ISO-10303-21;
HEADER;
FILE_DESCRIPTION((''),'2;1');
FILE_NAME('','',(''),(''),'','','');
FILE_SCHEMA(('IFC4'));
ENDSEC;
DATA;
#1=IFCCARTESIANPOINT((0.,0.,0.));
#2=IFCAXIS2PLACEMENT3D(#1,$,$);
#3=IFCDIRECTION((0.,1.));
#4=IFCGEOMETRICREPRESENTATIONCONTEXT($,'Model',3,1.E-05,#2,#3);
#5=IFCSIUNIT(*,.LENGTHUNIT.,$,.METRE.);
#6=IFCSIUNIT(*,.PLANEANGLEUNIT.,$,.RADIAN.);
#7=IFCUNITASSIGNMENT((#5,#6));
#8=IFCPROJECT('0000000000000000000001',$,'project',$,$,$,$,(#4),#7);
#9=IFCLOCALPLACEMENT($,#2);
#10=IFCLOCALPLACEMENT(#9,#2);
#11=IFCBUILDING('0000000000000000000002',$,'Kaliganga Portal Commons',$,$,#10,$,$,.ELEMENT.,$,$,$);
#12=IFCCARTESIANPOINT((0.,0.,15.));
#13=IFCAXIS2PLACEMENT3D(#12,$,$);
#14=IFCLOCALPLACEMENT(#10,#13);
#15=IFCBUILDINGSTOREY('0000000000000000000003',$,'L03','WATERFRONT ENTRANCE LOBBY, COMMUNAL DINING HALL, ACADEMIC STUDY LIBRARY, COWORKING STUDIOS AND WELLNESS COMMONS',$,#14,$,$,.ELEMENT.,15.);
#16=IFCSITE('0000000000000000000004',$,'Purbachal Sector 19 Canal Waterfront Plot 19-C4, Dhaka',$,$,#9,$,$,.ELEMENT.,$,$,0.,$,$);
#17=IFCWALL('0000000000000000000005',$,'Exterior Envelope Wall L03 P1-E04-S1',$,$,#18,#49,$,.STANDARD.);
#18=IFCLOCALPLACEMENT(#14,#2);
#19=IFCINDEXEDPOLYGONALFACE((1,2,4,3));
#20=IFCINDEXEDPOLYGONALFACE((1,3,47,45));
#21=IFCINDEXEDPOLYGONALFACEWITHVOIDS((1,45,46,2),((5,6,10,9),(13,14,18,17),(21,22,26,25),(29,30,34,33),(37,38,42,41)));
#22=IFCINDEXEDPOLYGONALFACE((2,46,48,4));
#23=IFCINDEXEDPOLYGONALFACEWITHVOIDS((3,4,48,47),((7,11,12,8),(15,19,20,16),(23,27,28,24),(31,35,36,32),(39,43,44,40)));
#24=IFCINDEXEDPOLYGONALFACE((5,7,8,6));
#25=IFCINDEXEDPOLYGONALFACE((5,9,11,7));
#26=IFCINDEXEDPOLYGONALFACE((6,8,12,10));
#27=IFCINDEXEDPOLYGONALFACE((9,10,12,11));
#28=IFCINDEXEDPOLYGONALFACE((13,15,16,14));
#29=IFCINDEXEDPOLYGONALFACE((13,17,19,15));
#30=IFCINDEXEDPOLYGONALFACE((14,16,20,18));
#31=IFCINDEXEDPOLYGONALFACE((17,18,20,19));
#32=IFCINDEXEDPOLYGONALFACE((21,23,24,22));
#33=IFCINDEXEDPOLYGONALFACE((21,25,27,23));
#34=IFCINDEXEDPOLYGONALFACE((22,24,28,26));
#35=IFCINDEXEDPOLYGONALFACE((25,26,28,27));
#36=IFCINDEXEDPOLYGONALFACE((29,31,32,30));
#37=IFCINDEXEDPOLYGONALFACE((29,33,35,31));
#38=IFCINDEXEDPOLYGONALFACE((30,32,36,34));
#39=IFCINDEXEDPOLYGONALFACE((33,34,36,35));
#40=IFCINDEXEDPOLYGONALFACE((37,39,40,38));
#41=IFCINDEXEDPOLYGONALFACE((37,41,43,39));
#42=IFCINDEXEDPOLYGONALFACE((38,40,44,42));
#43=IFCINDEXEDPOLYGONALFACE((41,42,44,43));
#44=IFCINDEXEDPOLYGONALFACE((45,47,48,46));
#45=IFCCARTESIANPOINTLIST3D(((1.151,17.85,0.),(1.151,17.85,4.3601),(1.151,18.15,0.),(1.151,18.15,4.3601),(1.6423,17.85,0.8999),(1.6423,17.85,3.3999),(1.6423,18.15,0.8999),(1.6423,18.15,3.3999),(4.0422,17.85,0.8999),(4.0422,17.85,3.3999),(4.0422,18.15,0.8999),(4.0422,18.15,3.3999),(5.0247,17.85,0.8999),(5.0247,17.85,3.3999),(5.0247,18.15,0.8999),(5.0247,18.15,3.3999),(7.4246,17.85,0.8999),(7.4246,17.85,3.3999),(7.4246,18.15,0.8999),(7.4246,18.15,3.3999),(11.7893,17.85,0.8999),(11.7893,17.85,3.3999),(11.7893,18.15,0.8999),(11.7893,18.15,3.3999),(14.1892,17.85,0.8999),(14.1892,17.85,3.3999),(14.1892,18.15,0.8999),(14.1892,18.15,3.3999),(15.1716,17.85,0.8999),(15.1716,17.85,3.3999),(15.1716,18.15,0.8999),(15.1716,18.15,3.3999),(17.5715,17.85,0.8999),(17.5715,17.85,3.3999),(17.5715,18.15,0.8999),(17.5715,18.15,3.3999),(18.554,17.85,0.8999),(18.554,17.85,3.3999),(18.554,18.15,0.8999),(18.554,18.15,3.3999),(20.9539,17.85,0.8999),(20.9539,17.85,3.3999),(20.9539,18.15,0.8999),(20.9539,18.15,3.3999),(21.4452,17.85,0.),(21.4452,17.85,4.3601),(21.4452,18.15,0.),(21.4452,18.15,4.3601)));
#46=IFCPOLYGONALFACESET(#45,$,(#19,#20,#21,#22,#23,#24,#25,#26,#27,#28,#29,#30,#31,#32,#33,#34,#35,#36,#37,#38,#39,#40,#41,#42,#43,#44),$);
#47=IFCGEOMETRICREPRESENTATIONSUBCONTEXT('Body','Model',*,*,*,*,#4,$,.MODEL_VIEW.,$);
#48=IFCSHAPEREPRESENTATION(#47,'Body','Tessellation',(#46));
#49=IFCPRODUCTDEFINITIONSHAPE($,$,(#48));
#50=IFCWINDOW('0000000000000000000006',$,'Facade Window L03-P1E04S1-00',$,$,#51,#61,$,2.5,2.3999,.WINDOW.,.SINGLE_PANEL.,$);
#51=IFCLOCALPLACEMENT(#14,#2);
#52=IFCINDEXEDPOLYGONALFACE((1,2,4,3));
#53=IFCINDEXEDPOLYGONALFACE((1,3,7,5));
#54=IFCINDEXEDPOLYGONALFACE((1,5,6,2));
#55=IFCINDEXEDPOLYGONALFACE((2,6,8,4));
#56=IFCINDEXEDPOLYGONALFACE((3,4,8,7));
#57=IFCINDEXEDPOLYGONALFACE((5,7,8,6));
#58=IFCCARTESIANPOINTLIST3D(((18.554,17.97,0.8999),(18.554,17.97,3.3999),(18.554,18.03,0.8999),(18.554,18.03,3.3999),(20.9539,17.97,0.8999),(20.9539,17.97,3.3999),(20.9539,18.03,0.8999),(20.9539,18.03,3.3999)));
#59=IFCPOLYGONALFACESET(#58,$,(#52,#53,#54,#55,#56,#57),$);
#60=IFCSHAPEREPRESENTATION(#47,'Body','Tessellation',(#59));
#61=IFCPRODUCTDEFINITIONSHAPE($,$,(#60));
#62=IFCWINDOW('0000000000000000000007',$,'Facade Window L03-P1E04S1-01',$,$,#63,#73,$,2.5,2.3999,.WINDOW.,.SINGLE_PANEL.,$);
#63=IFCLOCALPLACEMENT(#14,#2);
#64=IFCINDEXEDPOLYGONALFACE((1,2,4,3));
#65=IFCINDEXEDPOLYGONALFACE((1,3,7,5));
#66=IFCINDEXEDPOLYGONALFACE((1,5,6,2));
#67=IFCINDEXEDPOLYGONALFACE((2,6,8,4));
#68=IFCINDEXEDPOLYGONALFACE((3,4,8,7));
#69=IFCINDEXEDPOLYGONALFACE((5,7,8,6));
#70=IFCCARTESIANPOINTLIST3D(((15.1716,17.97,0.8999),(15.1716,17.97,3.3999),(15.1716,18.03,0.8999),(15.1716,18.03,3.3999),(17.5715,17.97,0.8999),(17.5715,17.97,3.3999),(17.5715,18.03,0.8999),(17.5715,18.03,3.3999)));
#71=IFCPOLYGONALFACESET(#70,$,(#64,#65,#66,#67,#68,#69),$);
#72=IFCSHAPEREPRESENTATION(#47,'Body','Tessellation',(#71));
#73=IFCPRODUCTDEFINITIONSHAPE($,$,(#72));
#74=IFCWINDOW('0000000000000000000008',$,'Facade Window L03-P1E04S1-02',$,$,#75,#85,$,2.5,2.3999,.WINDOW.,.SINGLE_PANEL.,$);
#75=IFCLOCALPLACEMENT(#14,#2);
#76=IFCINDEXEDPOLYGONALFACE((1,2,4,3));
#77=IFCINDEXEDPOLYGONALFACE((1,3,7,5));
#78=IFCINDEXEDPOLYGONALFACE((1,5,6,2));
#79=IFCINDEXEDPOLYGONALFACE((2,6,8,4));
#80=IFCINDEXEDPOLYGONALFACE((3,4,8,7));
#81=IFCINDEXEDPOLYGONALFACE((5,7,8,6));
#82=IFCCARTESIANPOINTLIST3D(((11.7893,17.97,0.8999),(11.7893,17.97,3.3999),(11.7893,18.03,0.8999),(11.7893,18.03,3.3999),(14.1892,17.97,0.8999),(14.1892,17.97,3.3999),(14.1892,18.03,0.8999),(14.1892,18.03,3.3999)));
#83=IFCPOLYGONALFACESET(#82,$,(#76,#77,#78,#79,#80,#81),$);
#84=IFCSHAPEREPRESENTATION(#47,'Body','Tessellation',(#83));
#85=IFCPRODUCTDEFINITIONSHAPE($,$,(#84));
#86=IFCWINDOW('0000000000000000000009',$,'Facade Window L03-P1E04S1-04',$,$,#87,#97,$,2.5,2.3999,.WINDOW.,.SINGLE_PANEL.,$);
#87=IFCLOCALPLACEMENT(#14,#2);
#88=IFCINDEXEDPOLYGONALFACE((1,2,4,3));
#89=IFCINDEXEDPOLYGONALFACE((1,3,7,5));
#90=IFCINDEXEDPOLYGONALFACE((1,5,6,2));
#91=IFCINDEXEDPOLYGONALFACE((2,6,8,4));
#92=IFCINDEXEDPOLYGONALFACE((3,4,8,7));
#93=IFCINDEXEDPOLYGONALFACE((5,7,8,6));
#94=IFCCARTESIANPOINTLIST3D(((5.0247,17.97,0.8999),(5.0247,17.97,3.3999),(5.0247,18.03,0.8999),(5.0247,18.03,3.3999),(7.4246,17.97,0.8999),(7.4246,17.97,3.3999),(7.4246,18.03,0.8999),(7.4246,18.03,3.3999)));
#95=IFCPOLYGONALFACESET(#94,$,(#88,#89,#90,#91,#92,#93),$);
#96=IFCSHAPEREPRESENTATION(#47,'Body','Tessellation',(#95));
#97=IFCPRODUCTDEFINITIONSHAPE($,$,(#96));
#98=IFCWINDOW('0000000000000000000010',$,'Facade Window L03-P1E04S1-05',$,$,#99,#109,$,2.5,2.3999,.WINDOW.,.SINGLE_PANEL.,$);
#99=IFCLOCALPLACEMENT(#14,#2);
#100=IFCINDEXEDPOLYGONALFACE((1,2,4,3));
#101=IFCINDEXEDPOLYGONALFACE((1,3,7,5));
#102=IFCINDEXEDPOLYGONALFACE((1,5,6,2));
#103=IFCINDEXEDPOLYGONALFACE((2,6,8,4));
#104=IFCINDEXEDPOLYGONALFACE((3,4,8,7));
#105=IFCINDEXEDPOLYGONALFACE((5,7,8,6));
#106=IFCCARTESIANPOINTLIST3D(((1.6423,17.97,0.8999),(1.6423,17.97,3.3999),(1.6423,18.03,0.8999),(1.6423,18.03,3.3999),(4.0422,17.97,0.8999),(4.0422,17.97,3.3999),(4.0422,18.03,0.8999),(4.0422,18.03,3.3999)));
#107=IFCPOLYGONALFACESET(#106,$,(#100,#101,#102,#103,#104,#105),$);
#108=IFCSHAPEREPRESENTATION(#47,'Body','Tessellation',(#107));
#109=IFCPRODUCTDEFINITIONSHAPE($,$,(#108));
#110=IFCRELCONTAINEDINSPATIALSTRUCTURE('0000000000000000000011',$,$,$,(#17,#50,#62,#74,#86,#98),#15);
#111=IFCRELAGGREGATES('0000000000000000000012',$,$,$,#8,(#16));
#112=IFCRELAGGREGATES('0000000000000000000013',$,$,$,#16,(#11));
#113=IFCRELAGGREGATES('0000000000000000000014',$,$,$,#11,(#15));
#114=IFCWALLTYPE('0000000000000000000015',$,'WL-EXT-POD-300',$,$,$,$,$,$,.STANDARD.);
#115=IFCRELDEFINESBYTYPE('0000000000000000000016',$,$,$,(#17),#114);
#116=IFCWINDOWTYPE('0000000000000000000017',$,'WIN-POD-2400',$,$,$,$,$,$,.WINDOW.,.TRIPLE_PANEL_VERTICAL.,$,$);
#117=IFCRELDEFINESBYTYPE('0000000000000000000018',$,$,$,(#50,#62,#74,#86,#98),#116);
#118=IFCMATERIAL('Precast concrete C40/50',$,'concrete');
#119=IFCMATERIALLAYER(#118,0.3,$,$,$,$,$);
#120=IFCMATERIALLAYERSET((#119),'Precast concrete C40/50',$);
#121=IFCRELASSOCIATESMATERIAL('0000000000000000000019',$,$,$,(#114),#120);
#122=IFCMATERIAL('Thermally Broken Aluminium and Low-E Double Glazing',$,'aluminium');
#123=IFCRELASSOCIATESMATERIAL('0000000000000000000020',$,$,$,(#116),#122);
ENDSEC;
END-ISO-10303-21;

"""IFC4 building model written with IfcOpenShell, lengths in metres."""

from ifc_helpers import new_model, si_unit, direction, frame, frame_2d, origin, place, context, subcontext, project, spatial, rectangle, extrude, material, layer, layer_set, type_object, element, fill, save


model = new_model("IFC4")

# Units and contexts
model_context = context("Model", 3, precision=1e-05, world=origin(), true_north=direction((0.0, 1.0)))
body_context = subcontext(model_context, "Body", "Model", "MODEL_VIEW")
ifc_project = project(units=[si_unit("LENGTHUNIT", "METRE"), si_unit("PLANEANGLEUNIT", "RADIAN")], contexts=[model_context])

# Site, building, storey
site_placement = place(None, origin())
site = spatial("IfcSite", under=ifc_project, at=site_placement, Name="Purbachal Sector 19 Canal Waterfront Plot 19-C4, Dhaka", CompositionType="ELEMENT", RefElevation=0.0)
building_placement = place(site_placement, origin())
building = spatial("IfcBuilding", under=site, at=building_placement, Name="Kaliganga Portal Commons", CompositionType="ELEMENT")
storey_placement = place(building_placement, frame((0.0, 0.0, 15.0)))
storey = spatial("IfcBuildingStorey", under=building, at=storey_placement, Name="L03", Description="WATERFRONT ENTRANCE LOBBY, COMMUNAL DINING HALL, ACADEMIC STUDY LIBRARY, COWORKING STUDIOS AND WELLNESS COMMONS", CompositionType="ELEMENT", Elevation=15.0)

# Shared definitions
ifc_material_1 = material(Name="Precast concrete C40/50", Category="concrete")
ifc_layer_1 = layer(ifc_material_1, 0.3)
ifc_layer_set_1 = layer_set([ifc_layer_1], Name="Precast concrete C40/50")
wall_type_1 = type_object("IfcWallType", Name="WL-EXT-POD-300", PredefinedType="STANDARD", material=ifc_layer_set_1)

# Shared definitions
ifc_material_2 = material(Name="Thermally Broken Aluminium and Low-E Double Glazing", Category="aluminium")
window_type = type_object("IfcWindowType", Name="WIN-POD-2400", PartitioningType="TRIPLE_PANEL_VERTICAL", PredefinedType="WINDOW", material=ifc_material_2)

# Wall, openings, windows
wall_1_placement = place(storey_placement, frame((21.4451, 18.0, 0.0), z_axis=(0.0, 0.0, 1.0), x_axis=(-1.0, 0.0, 0.0)))
wall_1 = element("IfcWall", 1, at=wall_1_placement, inside=storey, type_object=wall_type_1, Name="Exterior Envelope Wall L03 P1-E04-S1", PredefinedType="STANDARD", context=body_context, shape_type="SweptSolid", body=[
    extrude(rectangle(XDim=20.2942, YDim=0.3, at=frame_2d((10.147, 0.0))), origin(), (0.0, 0.0, 1.0), 4.3601),
])
opening_1_placement = place(wall_1_placement, frame((0.4912, 0.0, 0.8999)))
opening_1 = element("IfcOpeningElement", 2, at=opening_1_placement, cuts=wall_1, PredefinedType="OPENING", context=body_context, shape_type="SweptSolid", body=[
    extrude(rectangle(XDim=2.3999, YDim=2.5, at=frame_2d((1.2, 1.25))), frame((0.0, 0.1602, 0.0), z_axis=(0.0, -1.0, 0.0), x_axis=(1.0, 0.0, 0.0)), (0.0, 0.0, 1.0), 0.3201),
])
opening_2_placement = place(wall_1_placement, frame((3.8735, 0.0, 0.8999)))
opening_2 = element("IfcOpeningElement", 3, at=opening_2_placement, cuts=wall_1, PredefinedType="OPENING", context=body_context, shape_type="SweptSolid", body=[
    extrude(rectangle(XDim=2.3999, YDim=2.5, at=frame_2d((1.2, 1.25))), frame((0.0, 0.1602, 0.0), z_axis=(0.0, -1.0, 0.0), x_axis=(1.0, 0.0, 0.0)), (0.0, 0.0, 1.0), 0.3201),
])
opening_3_placement = place(wall_1_placement, frame((7.2559, 0.0, 0.8999)))
opening_3 = element("IfcOpeningElement", 4, at=opening_3_placement, cuts=wall_1, PredefinedType="OPENING", context=body_context, shape_type="SweptSolid", body=[
    extrude(rectangle(XDim=2.3999, YDim=2.5, at=frame_2d((1.2, 1.25))), frame((0.0, 0.1602, 0.0), z_axis=(0.0, -1.0, 0.0), x_axis=(1.0, 0.0, 0.0)), (0.0, 0.0, 1.0), 0.3201),
])
opening_4_placement = place(wall_1_placement, frame((14.0205, 0.0, 0.8999)))
opening_4 = element("IfcOpeningElement", 5, at=opening_4_placement, cuts=wall_1, PredefinedType="OPENING", context=body_context, shape_type="SweptSolid", body=[
    extrude(rectangle(XDim=2.3999, YDim=2.5, at=frame_2d((1.2, 1.25))), frame((0.0, 0.1602, 0.0), z_axis=(0.0, -1.0, 0.0), x_axis=(1.0, 0.0, 0.0)), (0.0, 0.0, 1.0), 0.3201),
])
opening_5_placement = place(wall_1_placement, frame((17.4028, 0.0, 0.8999)))
opening_5 = element("IfcOpeningElement", 6, at=opening_5_placement, cuts=wall_1, PredefinedType="OPENING", context=body_context, shape_type="SweptSolid", body=[
    extrude(rectangle(XDim=2.3999, YDim=2.5, at=frame_2d((1.2, 1.25))), frame((0.0, 0.1602, 0.0), z_axis=(0.0, -1.0, 0.0), x_axis=(1.0, 0.0, 0.0)), (0.0, 0.0, 1.0), 0.3201),
])
window_1_placement = place(opening_1_placement, origin())
window_1 = element("IfcWindow", 7, at=window_1_placement, inside=storey, type_object=window_type, Name="Facade Window L03-P1E04S1-00", OverallHeight=2.5, OverallWidth=2.3999, PartitioningType="SINGLE_PANEL", PredefinedType="WINDOW", context=body_context, shape_type="SweptSolid", body=[
    extrude(rectangle(XDim=2.3999, YDim=2.5, at=frame_2d((1.2, 1.25))), frame((0.0, 0.03, 0.0), z_axis=(0.0, -1.0, 0.0), x_axis=(1.0, 0.0, 0.0)), (0.0, 0.0, 1.0), 0.0601),
])
fill(opening_1, window_1)
window_2_placement = place(opening_2_placement, origin())
window_2 = element("IfcWindow", 8, at=window_2_placement, inside=storey, type_object=window_type, Name="Facade Window L03-P1E04S1-01", OverallHeight=2.5, OverallWidth=2.3999, PartitioningType="SINGLE_PANEL", PredefinedType="WINDOW", context=body_context, shape_type="SweptSolid", body=[
    extrude(rectangle(XDim=2.3999, YDim=2.5, at=frame_2d((1.2, 1.25))), frame((0.0, 0.03, 0.0), z_axis=(0.0, -1.0, 0.0), x_axis=(1.0, 0.0, 0.0)), (0.0, 0.0, 1.0), 0.0601),
])
fill(opening_2, window_2)
window_3_placement = place(opening_3_placement, origin())
window_3 = element("IfcWindow", 9, at=window_3_placement, inside=storey, type_object=window_type, Name="Facade Window L03-P1E04S1-02", OverallHeight=2.5, OverallWidth=2.3999, PartitioningType="SINGLE_PANEL", PredefinedType="WINDOW", context=body_context, shape_type="SweptSolid", body=[
    extrude(rectangle(XDim=2.3999, YDim=2.5, at=frame_2d((1.2, 1.25))), frame((0.0, 0.03, 0.0), z_axis=(0.0, -1.0, 0.0), x_axis=(1.0, 0.0, 0.0)), (0.0, 0.0, 1.0), 0.0601),
])
fill(opening_3, window_3)
window_4_placement = place(opening_4_placement, origin())
window_4 = element("IfcWindow", 10, at=window_4_placement, inside=storey, type_object=window_type, Name="Facade Window L03-P1E04S1-04", OverallHeight=2.5, OverallWidth=2.3999, PartitioningType="SINGLE_PANEL", PredefinedType="WINDOW", context=body_context, shape_type="SweptSolid", body=[
    extrude(rectangle(XDim=2.3999, YDim=2.5, at=frame_2d((1.2, 1.25))), frame((0.0, 0.03, 0.0), z_axis=(0.0, -1.0, 0.0), x_axis=(1.0, 0.0, 0.0)), (0.0, 0.0, 1.0), 0.0601),
])
fill(opening_4, window_4)
window_5_placement = place(opening_5_placement, origin())
window_5 = element("IfcWindow", 11, at=window_5_placement, inside=storey, type_object=window_type, Name="Facade Window L03-P1E04S1-05", OverallHeight=2.5, OverallWidth=2.3999, PartitioningType="SINGLE_PANEL", PredefinedType="WINDOW", context=body_context, shape_type="SweptSolid", body=[
    extrude(rectangle(XDim=2.3999, YDim=2.5, at=frame_2d((1.2, 1.25))), frame((0.0, 0.03, 0.0), z_axis=(0.0, -1.0, 0.0), x_axis=(1.0, 0.0, 0.0)), (0.0, 0.0, 1.0), 0.0601),
])
fill(opening_5, window_5)

save(model, "model.ifc")
